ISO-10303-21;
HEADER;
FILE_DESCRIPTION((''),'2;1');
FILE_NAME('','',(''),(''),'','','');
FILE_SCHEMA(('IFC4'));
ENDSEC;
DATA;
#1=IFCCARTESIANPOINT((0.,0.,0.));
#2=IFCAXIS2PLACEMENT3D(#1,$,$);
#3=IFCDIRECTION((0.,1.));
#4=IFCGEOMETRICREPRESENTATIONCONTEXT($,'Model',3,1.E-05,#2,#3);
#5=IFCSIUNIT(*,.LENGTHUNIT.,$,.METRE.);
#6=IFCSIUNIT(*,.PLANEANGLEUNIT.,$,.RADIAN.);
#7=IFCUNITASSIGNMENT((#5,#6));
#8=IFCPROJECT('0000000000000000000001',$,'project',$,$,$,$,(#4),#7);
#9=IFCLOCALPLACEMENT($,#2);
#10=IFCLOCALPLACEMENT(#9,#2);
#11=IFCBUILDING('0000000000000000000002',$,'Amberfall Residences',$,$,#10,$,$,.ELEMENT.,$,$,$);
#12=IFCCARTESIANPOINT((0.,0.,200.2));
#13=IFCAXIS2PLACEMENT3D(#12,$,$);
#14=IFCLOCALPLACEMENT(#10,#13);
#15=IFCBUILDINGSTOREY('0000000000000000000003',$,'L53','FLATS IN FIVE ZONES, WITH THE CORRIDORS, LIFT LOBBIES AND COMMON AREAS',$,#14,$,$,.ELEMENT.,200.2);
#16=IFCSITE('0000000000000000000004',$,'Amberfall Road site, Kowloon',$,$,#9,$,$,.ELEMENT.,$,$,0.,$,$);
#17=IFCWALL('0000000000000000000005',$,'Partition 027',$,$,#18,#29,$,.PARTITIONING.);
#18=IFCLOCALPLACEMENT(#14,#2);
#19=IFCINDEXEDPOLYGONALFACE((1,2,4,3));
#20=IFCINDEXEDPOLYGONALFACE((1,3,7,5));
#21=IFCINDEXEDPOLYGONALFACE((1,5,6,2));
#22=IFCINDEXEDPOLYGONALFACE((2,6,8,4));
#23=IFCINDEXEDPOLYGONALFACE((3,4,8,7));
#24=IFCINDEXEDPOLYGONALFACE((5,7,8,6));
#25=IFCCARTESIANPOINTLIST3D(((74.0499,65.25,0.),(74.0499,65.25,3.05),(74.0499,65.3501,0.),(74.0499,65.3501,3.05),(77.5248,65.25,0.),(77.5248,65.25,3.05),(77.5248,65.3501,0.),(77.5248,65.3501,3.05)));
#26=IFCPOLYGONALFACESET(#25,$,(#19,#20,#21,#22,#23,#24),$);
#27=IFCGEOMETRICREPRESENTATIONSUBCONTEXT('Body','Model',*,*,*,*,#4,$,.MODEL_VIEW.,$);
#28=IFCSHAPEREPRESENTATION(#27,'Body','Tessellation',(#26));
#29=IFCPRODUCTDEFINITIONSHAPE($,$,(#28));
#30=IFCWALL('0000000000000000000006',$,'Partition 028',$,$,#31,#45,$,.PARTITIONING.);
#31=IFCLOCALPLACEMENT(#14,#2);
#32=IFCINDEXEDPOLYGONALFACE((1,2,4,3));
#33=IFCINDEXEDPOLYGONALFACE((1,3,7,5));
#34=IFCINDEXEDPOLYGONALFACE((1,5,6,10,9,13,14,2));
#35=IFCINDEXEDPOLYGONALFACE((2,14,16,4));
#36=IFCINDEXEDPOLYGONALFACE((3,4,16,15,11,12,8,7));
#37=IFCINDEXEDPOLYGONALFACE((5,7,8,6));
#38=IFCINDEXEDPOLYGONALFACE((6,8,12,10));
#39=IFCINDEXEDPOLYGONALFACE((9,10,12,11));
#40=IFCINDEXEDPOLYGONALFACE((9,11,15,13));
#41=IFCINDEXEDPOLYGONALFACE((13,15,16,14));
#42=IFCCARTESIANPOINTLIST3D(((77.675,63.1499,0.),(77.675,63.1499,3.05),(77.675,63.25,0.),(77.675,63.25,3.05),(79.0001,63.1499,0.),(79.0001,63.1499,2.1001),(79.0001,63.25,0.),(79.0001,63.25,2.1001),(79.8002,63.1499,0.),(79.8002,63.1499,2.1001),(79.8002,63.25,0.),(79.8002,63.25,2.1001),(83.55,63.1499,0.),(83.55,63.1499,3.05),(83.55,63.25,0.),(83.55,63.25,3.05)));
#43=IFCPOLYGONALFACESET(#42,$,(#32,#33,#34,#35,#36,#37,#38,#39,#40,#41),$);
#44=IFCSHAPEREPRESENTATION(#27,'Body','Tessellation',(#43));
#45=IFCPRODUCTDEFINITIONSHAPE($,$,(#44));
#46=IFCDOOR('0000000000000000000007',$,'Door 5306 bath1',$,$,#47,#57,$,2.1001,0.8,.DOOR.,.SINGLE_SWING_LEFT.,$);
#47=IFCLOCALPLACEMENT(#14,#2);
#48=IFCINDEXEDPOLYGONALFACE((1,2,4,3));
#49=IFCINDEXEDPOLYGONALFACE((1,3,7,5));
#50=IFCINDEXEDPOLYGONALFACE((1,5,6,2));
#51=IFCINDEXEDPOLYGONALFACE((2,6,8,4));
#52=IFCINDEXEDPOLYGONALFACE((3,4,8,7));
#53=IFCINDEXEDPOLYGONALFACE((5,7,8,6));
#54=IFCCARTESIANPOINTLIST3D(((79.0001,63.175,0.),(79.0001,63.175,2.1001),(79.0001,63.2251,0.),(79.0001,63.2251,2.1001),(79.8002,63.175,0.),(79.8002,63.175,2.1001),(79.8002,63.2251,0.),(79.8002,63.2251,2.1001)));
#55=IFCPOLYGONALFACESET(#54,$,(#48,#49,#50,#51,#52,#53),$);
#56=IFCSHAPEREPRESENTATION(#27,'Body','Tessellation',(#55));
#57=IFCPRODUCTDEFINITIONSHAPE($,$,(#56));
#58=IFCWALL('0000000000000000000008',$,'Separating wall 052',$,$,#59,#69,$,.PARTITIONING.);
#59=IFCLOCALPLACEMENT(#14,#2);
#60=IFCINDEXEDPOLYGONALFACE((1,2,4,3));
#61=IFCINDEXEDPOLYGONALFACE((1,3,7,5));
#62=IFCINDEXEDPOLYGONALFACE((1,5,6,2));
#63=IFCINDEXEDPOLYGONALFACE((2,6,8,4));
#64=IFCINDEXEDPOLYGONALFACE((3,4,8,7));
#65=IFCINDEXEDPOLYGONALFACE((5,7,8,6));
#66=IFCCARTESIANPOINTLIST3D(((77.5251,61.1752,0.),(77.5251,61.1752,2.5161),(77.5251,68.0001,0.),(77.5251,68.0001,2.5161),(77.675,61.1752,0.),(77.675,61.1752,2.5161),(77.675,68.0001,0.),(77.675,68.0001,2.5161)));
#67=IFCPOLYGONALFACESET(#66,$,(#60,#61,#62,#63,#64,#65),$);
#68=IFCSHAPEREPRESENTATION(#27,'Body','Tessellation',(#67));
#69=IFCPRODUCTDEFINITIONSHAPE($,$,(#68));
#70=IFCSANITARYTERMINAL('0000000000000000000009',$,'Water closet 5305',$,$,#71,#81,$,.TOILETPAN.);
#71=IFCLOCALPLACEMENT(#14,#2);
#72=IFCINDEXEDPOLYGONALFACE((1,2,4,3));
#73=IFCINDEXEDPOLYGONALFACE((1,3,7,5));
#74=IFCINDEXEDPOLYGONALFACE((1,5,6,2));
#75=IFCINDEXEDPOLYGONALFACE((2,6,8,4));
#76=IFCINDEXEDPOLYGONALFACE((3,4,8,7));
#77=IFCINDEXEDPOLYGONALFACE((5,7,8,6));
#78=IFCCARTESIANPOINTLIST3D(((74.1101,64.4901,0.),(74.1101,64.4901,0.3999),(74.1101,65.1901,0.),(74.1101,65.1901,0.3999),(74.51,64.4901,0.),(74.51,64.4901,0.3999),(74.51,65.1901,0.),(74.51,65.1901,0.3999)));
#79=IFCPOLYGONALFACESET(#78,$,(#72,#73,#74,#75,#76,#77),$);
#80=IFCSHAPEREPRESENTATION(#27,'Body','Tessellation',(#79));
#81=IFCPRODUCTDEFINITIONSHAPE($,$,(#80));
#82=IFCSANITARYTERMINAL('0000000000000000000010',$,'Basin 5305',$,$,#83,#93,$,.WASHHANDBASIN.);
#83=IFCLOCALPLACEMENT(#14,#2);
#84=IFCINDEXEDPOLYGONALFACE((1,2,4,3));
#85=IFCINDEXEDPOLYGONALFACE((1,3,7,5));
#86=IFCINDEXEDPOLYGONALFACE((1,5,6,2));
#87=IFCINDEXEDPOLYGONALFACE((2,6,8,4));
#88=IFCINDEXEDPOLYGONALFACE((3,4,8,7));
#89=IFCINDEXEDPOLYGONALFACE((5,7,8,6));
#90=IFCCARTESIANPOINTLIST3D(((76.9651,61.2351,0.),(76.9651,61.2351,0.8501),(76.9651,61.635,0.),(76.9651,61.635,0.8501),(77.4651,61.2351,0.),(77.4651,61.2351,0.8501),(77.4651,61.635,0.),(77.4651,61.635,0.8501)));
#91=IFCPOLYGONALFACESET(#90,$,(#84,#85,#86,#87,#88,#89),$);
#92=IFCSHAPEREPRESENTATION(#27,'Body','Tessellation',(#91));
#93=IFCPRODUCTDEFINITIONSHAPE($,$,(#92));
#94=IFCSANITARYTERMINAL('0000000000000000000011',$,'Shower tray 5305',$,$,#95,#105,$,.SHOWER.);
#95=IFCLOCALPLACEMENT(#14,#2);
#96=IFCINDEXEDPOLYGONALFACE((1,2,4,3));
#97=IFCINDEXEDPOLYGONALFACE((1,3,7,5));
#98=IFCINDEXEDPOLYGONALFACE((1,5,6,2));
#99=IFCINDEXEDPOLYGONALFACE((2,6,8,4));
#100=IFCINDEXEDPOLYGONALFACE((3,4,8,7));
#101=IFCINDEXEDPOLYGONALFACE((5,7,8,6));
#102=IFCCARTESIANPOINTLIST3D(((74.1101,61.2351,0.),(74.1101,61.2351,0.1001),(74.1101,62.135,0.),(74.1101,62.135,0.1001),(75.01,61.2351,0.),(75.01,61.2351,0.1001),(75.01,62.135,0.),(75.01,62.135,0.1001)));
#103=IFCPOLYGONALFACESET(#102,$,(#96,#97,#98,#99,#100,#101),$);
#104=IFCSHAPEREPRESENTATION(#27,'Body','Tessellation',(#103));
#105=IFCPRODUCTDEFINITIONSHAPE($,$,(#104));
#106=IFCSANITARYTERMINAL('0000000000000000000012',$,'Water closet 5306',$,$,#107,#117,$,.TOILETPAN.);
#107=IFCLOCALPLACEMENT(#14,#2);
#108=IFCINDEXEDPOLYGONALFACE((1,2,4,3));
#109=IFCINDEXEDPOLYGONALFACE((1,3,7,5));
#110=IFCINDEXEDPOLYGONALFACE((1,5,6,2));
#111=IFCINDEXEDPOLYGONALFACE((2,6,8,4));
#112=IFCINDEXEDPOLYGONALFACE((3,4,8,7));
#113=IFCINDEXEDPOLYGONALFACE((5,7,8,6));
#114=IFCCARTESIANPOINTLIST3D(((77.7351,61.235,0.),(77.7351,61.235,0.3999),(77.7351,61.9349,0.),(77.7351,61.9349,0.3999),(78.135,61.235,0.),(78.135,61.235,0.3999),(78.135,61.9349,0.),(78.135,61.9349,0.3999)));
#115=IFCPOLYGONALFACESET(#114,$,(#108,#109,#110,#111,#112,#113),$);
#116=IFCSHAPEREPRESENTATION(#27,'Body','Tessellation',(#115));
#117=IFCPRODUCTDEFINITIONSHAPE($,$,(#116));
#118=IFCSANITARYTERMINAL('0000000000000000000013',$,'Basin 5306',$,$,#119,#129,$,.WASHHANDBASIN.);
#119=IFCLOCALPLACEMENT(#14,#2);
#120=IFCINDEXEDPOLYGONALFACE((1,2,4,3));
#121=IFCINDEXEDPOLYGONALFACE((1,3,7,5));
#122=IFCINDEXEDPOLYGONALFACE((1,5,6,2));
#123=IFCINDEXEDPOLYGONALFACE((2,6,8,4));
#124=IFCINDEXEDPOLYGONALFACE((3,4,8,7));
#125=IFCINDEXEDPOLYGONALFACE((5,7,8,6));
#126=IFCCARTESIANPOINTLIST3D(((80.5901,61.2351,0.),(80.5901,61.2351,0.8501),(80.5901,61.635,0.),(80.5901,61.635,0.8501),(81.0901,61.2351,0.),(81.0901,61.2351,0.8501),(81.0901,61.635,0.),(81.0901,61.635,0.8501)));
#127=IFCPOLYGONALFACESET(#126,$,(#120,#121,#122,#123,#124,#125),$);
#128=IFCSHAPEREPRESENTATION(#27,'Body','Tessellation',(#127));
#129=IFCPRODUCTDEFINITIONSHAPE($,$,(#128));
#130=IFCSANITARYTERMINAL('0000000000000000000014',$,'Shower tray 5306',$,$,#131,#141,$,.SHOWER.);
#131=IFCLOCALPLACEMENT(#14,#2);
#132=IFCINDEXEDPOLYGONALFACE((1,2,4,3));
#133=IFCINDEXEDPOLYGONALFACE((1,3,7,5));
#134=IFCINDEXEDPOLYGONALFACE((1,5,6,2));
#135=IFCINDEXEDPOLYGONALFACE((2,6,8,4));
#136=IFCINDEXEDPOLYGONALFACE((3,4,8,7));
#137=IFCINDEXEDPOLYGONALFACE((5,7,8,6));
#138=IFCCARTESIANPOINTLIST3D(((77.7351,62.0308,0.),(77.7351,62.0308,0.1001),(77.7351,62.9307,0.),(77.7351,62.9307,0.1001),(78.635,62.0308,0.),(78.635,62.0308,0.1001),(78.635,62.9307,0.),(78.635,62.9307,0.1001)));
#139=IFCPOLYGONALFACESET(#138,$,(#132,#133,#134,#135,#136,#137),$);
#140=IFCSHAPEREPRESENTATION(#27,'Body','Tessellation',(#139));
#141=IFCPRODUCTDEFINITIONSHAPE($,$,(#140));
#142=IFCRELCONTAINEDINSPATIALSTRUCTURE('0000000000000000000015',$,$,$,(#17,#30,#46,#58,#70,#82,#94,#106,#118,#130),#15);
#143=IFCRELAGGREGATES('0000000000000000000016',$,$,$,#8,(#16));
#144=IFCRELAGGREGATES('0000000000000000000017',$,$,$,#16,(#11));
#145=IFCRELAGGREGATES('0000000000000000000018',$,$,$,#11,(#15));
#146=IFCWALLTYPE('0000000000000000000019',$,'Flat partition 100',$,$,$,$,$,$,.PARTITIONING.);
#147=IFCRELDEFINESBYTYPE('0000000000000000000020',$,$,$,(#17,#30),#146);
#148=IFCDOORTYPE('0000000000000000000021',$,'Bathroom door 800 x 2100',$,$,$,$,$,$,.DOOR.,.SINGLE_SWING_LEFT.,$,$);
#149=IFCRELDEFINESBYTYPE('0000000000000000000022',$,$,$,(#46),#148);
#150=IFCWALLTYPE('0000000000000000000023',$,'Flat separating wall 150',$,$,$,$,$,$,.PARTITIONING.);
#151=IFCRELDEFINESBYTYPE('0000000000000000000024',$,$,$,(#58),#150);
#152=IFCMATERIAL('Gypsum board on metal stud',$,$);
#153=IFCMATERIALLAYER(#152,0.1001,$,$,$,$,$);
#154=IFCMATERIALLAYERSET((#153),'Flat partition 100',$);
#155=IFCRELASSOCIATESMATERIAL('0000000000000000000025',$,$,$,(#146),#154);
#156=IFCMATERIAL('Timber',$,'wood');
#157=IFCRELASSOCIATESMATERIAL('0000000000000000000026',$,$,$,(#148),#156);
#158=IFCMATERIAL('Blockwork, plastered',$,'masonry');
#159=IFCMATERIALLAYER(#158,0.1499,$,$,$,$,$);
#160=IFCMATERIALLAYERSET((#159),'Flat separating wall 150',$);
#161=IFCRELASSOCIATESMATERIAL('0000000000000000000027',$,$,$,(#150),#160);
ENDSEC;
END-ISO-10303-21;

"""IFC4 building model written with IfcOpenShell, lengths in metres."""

from ifc_helpers import new_model, si_unit, direction, frame, frame_2d, origin, origin_2d, place, context, subcontext, project, spatial, rectangle, extrude, material, layer, layer_set, type_object, element, fill, save


model = new_model("IFC4")

# Units and contexts
model_context = context("Model", 3, precision=1e-05, world=origin(), true_north=direction((0.0, 1.0)))
body_context = subcontext(model_context, "Body", "Model", "MODEL_VIEW")
ifc_project = project(units=[si_unit("LENGTHUNIT", "METRE"), si_unit("PLANEANGLEUNIT", "RADIAN")], contexts=[model_context])

# Site, building, storey
site_placement = place(None, origin())
site = spatial("IfcSite", under=ifc_project, at=site_placement, Name="Amberfall Road site, Kowloon", CompositionType="ELEMENT", RefElevation=0.0)
building_placement = place(site_placement, origin())
building = spatial("IfcBuilding", under=site, at=building_placement, Name="Amberfall Residences", CompositionType="ELEMENT")
storey_placement = place(building_placement, frame((0.0, 0.0, 200.2)))
storey = spatial("IfcBuildingStorey", under=building, at=storey_placement, Name="L53", Description="FLATS IN FIVE ZONES, WITH THE CORRIDORS, LIFT LOBBIES AND COMMON AREAS", CompositionType="ELEMENT", Elevation=200.2)

# Shared definitions
ifc_material_1 = material(Name="Gypsum board on metal stud")
ifc_layer_1 = layer(ifc_material_1, 0.1001)
ifc_layer_set_1 = layer_set([ifc_layer_1], Name="Flat partition 100")
wall_type_1 = type_object("IfcWallType", Name="Flat partition 100", PredefinedType="PARTITIONING", material=ifc_layer_set_1)
ifc_material_2 = material(Name="Timber", Category="wood")
door_type_1 = type_object("IfcDoorType", Name="Bathroom door 800 x 2100", OperationType="SINGLE_SWING_LEFT", PredefinedType="DOOR", material=ifc_material_2)

# Wall
wall_1_placement = place(storey_placement, frame((74.05, 65.3, 0.0), z_axis=(0.0, 0.0, 1.0), x_axis=(1.0, 0.0, 0.0)))
element("IfcWall", 1, at=wall_1_placement, inside=storey, type_object=wall_type_1, Name="Partition 027", PredefinedType="PARTITIONING", context=body_context, shape_type="SweptSolid", body=[
    extrude(rectangle(XDim=3.4749, YDim=0.1001, at=frame_2d((1.7373, 0.0))), origin(), (0.0, 0.0, 1.0), 3.05),
])

# Wall, opening, door
wall_2_placement = place(storey_placement, frame((83.55, 63.2, 0.0), z_axis=(0.0, 0.0, 1.0), x_axis=(-1.0, 0.0, 0.0)))
wall_2 = element("IfcWall", 2, at=wall_2_placement, inside=storey, type_object=wall_type_1, Name="Partition 028", PredefinedType="PARTITIONING", context=body_context, shape_type="SweptSolid", body=[
    extrude(rectangle(XDim=5.875, YDim=0.1001, at=frame_2d((2.9375, 0.0))), origin(), (0.0, 0.0, 1.0), 3.05),
])
opening_1_placement = place(wall_2_placement, frame((3.75, 0.0, 0.0)))
opening_1 = element("IfcOpeningElement", 3, at=opening_1_placement, cuts=wall_2, PredefinedType="OPENING", context=body_context, shape_type="SweptSolid", body=[
    extrude(rectangle(XDim=0.8, YDim=2.1001, at=frame_2d((0.3999, 1.05))), frame((0.0, 0.0601, 0.0), z_axis=(0.0, -1.0, 0.0), x_axis=(1.0, 0.0, 0.0)), (0.0, 0.0, 1.0), 0.1201),
])
door_1_placement = place(opening_1_placement, origin())
door_1 = element("IfcDoor", 4, at=door_1_placement, inside=storey, type_object=door_type_1, Name="Door 5306 bath1", OperationType="SINGLE_SWING_LEFT", OverallHeight=2.1001, OverallWidth=0.8, PredefinedType="DOOR", context=body_context, shape_type="SweptSolid", body=[
    extrude(rectangle(XDim=0.8, YDim=2.1001, at=frame_2d((0.3999, 1.05))), frame((0.0, 0.0249, 0.0), z_axis=(0.0, -1.0, 0.0), x_axis=(1.0, 0.0, 0.0)), (0.0, 0.0, 1.0), 0.05),
])
fill(opening_1, door_1)

# Wall
ifc_material_3 = material(Name="Blockwork, plastered", Category="masonry")
ifc_layer_2 = layer(ifc_material_3, 0.1499)
ifc_layer_set_2 = layer_set([ifc_layer_2], Name="Flat separating wall 150")
wall_type_2 = type_object("IfcWallType", Name="Flat separating wall 150", PredefinedType="PARTITIONING", material=ifc_layer_set_2)
wall_3_placement = place(storey_placement, frame((77.6001, 61.175, 0.0), z_axis=(0.0, 0.0, 1.0), x_axis=(0.0, 1.0, 0.0)))
element("IfcWall", 5, at=wall_3_placement, inside=storey, type_object=wall_type_2, Name="Separating wall 052", PredefinedType="PARTITIONING", context=body_context, shape_type="SweptSolid", body=[
    extrude(rectangle(XDim=6.825, YDim=0.1499, at=frame_2d((3.4126, 0.0))), origin(), (0.0, 0.0, 1.0), 2.5161),
])

# Sanitary terminals
sanitary_terminal_1_placement = place(storey_placement, frame((74.3101, 64.8401, 0.0), z_axis=(0.0, 0.0, 1.0), x_axis=(1.0, 0.0, 0.0)))
element("IfcSanitaryTerminal", 6, at=sanitary_terminal_1_placement, inside=storey, Name="Water closet 5305", PredefinedType="TOILETPAN", context=body_context, shape_type="SweptSolid", body=[
    extrude(rectangle(XDim=0.3999, YDim=0.7, at=origin_2d()), origin(), (0.0, 0.0, 1.0), 0.3999),
])
sanitary_terminal_2_placement = place(storey_placement, frame((77.2151, 61.4351, 0.0), z_axis=(0.0, 0.0, 1.0), x_axis=(1.0, 0.0, 0.0)))
element("IfcSanitaryTerminal", 7, at=sanitary_terminal_2_placement, inside=storey, Name="Basin 5305", PredefinedType="WASHHANDBASIN", context=body_context, shape_type="SweptSolid", body=[
    extrude(rectangle(XDim=0.5, YDim=0.3999, at=origin_2d()), origin(), (0.0, 0.0, 1.0), 0.8501),
])
sanitary_terminal_3_placement = place(storey_placement, frame((74.5601, 61.6851, 0.0), z_axis=(0.0, 0.0, 1.0), x_axis=(1.0, 0.0, 0.0)))
element("IfcSanitaryTerminal", 8, at=sanitary_terminal_3_placement, inside=storey, Name="Shower tray 5305", PredefinedType="SHOWER", context=body_context, shape_type="SweptSolid", body=[
    extrude(rectangle(XDim=0.8999, YDim=0.8999, at=origin_2d()), origin(), (0.0, 0.0, 1.0), 0.1001),
])
sanitary_terminal_4_placement = place(storey_placement, frame((77.9351, 61.585, 0.0), z_axis=(0.0, 0.0, 1.0), x_axis=(1.0, 0.0, 0.0)))
element("IfcSanitaryTerminal", 9, at=sanitary_terminal_4_placement, inside=storey, Name="Water closet 5306", PredefinedType="TOILETPAN", context=body_context, shape_type="SweptSolid", body=[
    extrude(rectangle(XDim=0.3999, YDim=0.7, at=origin_2d()), origin(), (0.0, 0.0, 1.0), 0.3999),
])
sanitary_terminal_5_placement = place(storey_placement, frame((80.8401, 61.4351, 0.0), z_axis=(0.0, 0.0, 1.0), x_axis=(1.0, 0.0, 0.0)))
element("IfcSanitaryTerminal", 10, at=sanitary_terminal_5_placement, inside=storey, Name="Basin 5306", PredefinedType="WASHHANDBASIN", context=body_context, shape_type="SweptSolid", body=[
    extrude(rectangle(XDim=0.5, YDim=0.3999, at=origin_2d()), origin(), (0.0, 0.0, 1.0), 0.8501),
])
sanitary_terminal_6_placement = place(storey_placement, frame((78.1851, 62.4807, 0.0), z_axis=(0.0, 0.0, 1.0), x_axis=(1.0, 0.0, 0.0)))
element("IfcSanitaryTerminal", 11, at=sanitary_terminal_6_placement, inside=storey, Name="Shower tray 5306", PredefinedType="SHOWER", context=body_context, shape_type="SweptSolid", body=[
    extrude(rectangle(XDim=0.8999, YDim=0.8999, at=origin_2d()), origin(), (0.0, 0.0, 1.0), 0.1001),
])

save(model, "model.ifc")
